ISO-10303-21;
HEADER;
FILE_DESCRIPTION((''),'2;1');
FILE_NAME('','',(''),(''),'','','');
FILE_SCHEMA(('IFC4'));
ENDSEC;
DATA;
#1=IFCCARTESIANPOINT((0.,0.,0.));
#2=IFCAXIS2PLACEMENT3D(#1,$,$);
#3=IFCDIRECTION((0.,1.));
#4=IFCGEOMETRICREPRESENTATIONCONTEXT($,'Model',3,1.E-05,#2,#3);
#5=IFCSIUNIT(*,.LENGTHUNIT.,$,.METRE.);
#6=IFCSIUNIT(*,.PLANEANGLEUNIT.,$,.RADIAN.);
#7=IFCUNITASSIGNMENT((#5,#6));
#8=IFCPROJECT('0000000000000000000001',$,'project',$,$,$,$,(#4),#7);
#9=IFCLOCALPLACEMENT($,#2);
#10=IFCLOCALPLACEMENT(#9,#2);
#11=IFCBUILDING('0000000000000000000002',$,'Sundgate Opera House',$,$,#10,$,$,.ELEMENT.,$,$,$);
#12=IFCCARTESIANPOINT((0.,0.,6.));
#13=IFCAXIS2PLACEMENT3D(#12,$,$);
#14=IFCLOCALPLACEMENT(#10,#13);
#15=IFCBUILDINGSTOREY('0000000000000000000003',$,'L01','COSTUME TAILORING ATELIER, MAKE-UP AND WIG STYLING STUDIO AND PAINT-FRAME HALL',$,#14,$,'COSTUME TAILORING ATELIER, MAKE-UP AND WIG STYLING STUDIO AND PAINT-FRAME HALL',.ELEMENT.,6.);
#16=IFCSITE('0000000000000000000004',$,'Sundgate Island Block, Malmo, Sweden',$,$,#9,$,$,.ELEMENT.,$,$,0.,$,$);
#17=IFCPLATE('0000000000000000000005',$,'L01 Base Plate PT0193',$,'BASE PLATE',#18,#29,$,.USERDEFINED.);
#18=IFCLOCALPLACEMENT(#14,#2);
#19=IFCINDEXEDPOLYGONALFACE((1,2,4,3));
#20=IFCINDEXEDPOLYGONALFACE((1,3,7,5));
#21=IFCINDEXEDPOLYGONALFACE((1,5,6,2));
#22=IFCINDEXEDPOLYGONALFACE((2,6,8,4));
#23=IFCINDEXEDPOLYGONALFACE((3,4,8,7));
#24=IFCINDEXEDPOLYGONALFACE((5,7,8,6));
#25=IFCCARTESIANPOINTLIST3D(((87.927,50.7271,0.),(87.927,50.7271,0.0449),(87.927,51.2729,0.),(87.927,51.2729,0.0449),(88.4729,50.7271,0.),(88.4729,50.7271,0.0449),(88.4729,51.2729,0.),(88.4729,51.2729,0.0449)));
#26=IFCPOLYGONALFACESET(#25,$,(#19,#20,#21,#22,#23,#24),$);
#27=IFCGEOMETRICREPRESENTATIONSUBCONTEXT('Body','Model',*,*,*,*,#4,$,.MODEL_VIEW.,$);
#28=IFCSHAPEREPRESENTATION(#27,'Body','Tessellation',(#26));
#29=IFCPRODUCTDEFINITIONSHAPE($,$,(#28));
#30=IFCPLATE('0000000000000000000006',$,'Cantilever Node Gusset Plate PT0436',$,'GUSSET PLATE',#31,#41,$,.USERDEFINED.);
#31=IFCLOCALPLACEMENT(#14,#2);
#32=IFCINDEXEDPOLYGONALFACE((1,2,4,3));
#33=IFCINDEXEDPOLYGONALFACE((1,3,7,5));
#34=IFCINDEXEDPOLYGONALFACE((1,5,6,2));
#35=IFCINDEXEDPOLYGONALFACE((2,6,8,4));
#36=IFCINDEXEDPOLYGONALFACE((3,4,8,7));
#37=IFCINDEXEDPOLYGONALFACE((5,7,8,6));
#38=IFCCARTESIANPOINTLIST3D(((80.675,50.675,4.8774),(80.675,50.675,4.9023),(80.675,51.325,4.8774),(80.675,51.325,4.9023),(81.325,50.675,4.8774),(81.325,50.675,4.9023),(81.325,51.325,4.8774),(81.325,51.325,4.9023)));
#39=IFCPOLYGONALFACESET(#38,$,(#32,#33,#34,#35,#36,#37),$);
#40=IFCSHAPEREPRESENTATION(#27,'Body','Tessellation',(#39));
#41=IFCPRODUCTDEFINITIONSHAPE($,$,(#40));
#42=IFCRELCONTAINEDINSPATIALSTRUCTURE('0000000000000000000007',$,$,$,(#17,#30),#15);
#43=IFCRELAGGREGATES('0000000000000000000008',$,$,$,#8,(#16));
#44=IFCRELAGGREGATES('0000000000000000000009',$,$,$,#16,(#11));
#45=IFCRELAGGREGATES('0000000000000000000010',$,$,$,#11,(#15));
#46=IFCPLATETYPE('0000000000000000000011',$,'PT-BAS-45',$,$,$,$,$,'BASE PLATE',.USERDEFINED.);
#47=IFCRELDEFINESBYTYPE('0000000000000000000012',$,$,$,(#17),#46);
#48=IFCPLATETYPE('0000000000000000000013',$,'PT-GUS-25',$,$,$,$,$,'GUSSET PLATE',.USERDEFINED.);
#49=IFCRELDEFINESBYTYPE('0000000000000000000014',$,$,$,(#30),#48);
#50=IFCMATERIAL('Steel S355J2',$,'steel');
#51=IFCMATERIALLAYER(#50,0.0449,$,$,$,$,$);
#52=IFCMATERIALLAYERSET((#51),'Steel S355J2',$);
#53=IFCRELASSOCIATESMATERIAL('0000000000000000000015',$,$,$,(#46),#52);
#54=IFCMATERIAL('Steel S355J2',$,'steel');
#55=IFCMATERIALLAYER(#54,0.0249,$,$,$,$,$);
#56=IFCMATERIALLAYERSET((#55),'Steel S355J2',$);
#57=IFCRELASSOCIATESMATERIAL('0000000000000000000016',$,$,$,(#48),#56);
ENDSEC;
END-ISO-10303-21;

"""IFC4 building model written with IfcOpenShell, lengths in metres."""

from ifc_helpers import new_model, si_unit, direction, frame, origin, origin_2d, place, context, subcontext, project, spatial, rectangle, extrude, material, layer, layer_set, type_object, element, save


model = new_model("IFC4")

# Units and contexts
model_context = context("Model", 3, precision=1e-05, world=origin(), true_north=direction((0.0, 1.0)))
body_context = subcontext(model_context, "Body", "Model", "MODEL_VIEW")
ifc_project = project(units=[si_unit("LENGTHUNIT", "METRE"), si_unit("PLANEANGLEUNIT", "RADIAN")], contexts=[model_context])

# Site, building, storey
site_placement = place(None, origin())
site = spatial("IfcSite", under=ifc_project, at=site_placement, Name="Sundgate Island Block, Malmo, Sweden", CompositionType="ELEMENT", RefElevation=0.0)
building_placement = place(site_placement, origin())
building = spatial("IfcBuilding", under=site, at=building_placement, Name="Sundgate Opera House", CompositionType="ELEMENT")
storey_placement = place(building_placement, frame((0.0, 0.0, 6.0)))
storey = spatial("IfcBuildingStorey", under=building, at=storey_placement, Name="L01", Description="COSTUME TAILORING ATELIER, MAKE-UP AND WIG STYLING STUDIO AND PAINT-FRAME HALL", LongName="COSTUME TAILORING ATELIER, MAKE-UP AND WIG STYLING STUDIO AND PAINT-FRAME HALL", CompositionType="ELEMENT", Elevation=6.0)

# Plates
ifc_material_1 = material(Name="Steel S355J2", Category="steel")
ifc_layer_1 = layer(ifc_material_1, 0.0449)
ifc_layer_set_1 = layer_set([ifc_layer_1], Name="Steel S355J2")
plate_type_1 = type_object("IfcPlateType", Name="PT-BAS-45", ElementType="BASE PLATE", PredefinedType="USERDEFINED", material=ifc_layer_set_1)
plate_1_placement = place(storey_placement, frame((88.2, 51.0, 0.0), z_axis=(0.0, 0.0, 1.0), x_axis=(1.0, 0.0, 0.0)))
element("IfcPlate", 1, at=plate_1_placement, inside=storey, type_object=plate_type_1, Name="L01 Base Plate PT0193", ObjectType="BASE PLATE", PredefinedType="USERDEFINED", context=body_context, shape_type="SweptSolid", body=[
    extrude(rectangle(XDim=0.5459, YDim=0.5459, at=origin_2d()), origin(), (0.0, 0.0, 1.0), 0.0449),
])
ifc_material_2 = material(Name="Steel S355J2", Category="steel")
ifc_layer_2 = layer(ifc_material_2, 0.0249)
ifc_layer_set_2 = layer_set([ifc_layer_2], Name="Steel S355J2")
plate_type_2 = type_object("IfcPlateType", Name="PT-GUS-25", ElementType="GUSSET PLATE", PredefinedType="USERDEFINED", material=ifc_layer_set_2)
plate_2_placement = place(storey_placement, frame((81.0, 51.0, 4.8774), z_axis=(0.0, 0.0, 1.0), x_axis=(1.0, 0.0, 0.0)))
element("IfcPlate", 2, at=plate_2_placement, inside=storey, type_object=plate_type_2, Name="Cantilever Node Gusset Plate PT0436", ObjectType="GUSSET PLATE", PredefinedType="USERDEFINED", context=body_context, shape_type="SweptSolid", body=[
    extrude(rectangle(XDim=0.6499, YDim=0.6499, at=origin_2d()), origin(), (0.0, 0.0, 1.0), 0.0249),
])

save(model, "model.ifc")
